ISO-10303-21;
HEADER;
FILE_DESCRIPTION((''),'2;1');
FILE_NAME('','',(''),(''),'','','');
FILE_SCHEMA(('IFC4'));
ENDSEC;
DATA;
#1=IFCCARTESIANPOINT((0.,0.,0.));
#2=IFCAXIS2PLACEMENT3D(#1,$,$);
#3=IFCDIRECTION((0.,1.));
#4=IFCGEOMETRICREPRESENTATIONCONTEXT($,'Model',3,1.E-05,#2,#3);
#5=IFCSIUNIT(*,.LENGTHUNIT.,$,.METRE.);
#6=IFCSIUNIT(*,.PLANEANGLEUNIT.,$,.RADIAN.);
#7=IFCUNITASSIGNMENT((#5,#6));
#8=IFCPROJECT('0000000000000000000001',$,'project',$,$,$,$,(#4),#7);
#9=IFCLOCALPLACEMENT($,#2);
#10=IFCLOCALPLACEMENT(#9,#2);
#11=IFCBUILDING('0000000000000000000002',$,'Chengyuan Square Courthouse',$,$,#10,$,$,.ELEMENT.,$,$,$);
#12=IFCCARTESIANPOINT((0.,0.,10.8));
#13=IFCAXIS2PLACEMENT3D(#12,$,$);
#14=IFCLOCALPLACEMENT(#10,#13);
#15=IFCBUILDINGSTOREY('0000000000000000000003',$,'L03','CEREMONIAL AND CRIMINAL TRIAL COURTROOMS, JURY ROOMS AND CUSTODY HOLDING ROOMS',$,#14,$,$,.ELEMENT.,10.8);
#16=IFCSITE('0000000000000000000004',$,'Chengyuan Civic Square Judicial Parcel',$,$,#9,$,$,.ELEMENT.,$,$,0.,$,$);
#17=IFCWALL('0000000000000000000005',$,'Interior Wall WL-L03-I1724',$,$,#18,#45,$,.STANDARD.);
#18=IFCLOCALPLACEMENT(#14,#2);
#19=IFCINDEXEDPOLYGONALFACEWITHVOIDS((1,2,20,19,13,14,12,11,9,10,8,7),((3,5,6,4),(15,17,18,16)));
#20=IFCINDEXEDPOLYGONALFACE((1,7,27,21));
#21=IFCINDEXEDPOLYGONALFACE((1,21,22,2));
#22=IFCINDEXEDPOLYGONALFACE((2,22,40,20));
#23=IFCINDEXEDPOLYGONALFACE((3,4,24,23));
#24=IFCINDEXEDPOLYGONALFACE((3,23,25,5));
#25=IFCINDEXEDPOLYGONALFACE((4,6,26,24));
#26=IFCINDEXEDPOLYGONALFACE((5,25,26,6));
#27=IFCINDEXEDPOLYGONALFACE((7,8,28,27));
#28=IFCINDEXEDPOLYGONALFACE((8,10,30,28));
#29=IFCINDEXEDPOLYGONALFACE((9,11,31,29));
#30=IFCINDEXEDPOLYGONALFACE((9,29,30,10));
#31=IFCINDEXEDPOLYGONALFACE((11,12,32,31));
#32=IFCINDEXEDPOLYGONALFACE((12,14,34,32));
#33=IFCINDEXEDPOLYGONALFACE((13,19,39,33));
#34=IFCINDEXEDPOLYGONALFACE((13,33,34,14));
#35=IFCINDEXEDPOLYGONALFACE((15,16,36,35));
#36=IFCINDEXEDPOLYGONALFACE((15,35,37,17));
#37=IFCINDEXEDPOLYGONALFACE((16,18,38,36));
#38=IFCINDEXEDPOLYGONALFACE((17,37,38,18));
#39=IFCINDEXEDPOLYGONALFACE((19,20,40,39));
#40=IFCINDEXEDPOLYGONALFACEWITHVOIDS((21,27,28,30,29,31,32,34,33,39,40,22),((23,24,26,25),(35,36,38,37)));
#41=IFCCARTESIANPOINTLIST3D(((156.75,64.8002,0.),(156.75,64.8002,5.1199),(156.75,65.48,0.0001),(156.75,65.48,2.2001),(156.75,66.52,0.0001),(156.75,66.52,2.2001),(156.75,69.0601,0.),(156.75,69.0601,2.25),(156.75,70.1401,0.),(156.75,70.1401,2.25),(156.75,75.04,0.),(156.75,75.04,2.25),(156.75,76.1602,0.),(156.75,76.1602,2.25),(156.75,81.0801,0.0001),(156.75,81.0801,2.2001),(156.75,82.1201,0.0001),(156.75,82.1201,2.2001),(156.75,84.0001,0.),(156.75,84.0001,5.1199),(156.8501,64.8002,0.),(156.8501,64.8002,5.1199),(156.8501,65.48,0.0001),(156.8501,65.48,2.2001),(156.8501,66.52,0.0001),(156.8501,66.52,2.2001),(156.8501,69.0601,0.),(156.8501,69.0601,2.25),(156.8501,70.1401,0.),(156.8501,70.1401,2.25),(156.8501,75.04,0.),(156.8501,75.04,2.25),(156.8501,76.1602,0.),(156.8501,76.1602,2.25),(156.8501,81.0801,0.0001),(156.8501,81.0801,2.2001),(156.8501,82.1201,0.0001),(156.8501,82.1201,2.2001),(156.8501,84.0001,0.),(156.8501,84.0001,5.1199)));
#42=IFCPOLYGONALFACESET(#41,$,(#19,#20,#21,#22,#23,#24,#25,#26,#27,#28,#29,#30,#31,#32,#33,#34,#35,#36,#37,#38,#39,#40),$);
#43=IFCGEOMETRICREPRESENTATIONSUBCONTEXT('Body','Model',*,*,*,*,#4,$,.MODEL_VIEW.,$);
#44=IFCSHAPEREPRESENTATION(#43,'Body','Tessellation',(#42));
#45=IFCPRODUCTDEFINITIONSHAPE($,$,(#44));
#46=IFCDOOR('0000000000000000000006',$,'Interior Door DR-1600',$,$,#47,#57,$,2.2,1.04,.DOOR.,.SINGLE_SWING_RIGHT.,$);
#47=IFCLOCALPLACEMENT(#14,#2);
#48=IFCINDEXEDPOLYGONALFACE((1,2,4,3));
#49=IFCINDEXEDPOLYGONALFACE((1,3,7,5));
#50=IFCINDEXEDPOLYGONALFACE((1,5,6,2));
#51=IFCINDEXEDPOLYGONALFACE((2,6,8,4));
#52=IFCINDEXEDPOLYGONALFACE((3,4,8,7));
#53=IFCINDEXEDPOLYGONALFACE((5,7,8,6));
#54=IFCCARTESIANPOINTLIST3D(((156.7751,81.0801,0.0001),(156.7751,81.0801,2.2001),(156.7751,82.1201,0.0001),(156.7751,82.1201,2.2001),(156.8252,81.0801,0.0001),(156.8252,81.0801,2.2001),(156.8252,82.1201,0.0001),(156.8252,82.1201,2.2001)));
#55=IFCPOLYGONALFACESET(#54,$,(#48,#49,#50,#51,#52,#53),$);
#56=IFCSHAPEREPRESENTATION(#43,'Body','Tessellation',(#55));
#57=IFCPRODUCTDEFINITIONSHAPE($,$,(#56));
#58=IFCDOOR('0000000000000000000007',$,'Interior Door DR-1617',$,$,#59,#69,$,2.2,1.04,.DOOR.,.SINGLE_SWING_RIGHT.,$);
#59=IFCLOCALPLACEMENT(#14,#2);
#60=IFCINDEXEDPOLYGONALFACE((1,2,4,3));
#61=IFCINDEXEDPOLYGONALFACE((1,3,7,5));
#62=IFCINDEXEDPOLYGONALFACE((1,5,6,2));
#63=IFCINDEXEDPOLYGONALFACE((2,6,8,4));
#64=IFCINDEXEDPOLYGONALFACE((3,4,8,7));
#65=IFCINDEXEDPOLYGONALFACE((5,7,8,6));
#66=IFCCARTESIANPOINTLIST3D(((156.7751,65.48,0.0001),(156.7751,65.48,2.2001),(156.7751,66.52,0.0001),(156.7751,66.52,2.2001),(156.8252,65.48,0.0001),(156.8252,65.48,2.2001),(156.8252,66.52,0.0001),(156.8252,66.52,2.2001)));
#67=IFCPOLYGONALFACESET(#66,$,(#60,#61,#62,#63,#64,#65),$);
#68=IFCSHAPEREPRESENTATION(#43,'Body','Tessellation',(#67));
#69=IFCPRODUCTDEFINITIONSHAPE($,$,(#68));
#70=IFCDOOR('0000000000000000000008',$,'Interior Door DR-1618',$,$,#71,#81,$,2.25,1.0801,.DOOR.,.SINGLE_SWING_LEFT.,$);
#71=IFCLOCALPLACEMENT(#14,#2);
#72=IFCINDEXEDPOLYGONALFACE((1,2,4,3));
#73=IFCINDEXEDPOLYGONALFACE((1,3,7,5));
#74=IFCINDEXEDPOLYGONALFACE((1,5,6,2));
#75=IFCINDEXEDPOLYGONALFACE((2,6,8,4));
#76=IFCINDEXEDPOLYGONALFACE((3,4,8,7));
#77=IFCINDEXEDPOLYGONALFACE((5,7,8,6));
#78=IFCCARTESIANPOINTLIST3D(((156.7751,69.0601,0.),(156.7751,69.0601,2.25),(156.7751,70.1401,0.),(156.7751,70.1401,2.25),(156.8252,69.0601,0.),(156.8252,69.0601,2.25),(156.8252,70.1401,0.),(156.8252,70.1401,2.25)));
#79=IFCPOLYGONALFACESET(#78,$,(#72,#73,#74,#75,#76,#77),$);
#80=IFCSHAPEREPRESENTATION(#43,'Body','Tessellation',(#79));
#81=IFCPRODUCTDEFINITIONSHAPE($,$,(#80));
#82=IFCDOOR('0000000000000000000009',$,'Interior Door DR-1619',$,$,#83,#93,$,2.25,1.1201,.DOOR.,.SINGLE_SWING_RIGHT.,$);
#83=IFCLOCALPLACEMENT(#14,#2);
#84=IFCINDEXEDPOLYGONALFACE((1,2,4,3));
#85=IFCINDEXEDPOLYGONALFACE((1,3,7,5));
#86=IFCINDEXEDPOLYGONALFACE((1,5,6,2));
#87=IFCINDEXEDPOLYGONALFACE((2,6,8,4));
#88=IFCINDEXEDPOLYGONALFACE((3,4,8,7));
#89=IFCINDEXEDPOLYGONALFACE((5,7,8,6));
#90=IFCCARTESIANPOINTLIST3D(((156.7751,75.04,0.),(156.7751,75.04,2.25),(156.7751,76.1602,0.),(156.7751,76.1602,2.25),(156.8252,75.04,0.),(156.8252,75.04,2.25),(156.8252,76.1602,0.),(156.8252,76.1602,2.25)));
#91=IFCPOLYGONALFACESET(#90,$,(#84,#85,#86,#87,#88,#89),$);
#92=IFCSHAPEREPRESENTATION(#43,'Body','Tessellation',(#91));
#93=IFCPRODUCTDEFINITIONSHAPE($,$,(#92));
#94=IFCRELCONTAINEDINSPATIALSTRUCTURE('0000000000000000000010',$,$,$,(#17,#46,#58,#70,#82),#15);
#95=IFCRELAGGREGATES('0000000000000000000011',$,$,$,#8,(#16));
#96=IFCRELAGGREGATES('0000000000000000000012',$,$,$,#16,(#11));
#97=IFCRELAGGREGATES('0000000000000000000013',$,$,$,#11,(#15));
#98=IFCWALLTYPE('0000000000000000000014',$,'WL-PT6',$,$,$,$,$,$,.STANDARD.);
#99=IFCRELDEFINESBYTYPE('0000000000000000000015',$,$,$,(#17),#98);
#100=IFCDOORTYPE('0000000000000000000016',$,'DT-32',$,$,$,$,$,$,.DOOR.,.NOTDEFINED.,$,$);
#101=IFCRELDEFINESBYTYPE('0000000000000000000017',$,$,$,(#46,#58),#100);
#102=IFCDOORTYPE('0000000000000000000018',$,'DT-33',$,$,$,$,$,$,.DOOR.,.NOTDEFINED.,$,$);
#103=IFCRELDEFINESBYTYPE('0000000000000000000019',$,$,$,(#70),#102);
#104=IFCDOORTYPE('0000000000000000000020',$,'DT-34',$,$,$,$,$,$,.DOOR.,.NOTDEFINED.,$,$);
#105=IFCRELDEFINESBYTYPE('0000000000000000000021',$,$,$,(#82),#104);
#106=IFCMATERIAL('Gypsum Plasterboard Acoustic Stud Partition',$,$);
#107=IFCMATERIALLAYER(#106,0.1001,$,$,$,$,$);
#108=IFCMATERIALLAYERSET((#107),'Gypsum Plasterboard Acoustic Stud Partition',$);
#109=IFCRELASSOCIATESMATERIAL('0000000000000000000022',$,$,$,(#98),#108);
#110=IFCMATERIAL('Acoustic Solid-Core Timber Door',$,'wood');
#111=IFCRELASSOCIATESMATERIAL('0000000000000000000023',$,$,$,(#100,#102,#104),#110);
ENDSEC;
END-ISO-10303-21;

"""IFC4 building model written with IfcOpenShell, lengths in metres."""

from ifc_helpers import new_model, si_unit, direction, frame, frame_2d, origin, place, context, subcontext, project, spatial, rectangle, extrude, material, layer, layer_set, type_object, element, fill, save


model = new_model("IFC4")

# Units and contexts
model_context = context("Model", 3, precision=1e-05, world=origin(), true_north=direction((0.0, 1.0)))
body_context = subcontext(model_context, "Body", "Model", "MODEL_VIEW")
ifc_project = project(units=[si_unit("LENGTHUNIT", "METRE"), si_unit("PLANEANGLEUNIT", "RADIAN")], contexts=[model_context])

# Site, building, storey
site_placement = place(None, origin())
site = spatial("IfcSite", under=ifc_project, at=site_placement, Name="Chengyuan Civic Square Judicial Parcel", CompositionType="ELEMENT", RefElevation=0.0)
building_placement = place(site_placement, origin())
building = spatial("IfcBuilding", under=site, at=building_placement, Name="Chengyuan Square Courthouse", CompositionType="ELEMENT")
storey_placement = place(building_placement, frame((0.0, 0.0, 10.8)))
storey = spatial("IfcBuildingStorey", under=building, at=storey_placement, Name="L03", Description="CEREMONIAL AND CRIMINAL TRIAL COURTROOMS, JURY ROOMS AND CUSTODY HOLDING ROOMS", CompositionType="ELEMENT", Elevation=10.8)

# Shared definitions
ifc_material_1 = material(Name="Acoustic Solid-Core Timber Door", Category="wood")

# Shared definitions
ifc_material_2 = material(Name="Gypsum Plasterboard Acoustic Stud Partition")
ifc_layer_1 = layer(ifc_material_2, 0.1001)
ifc_layer_set_1 = layer_set([ifc_layer_1], Name="Gypsum Plasterboard Acoustic Stud Partition")
wall_type_1 = type_object("IfcWallType", Name="WL-PT6", PredefinedType="STANDARD", material=ifc_layer_set_1)
door_type_1 = type_object("IfcDoorType", Name="DT-32", OperationType="NOTDEFINED", PredefinedType="DOOR", material=ifc_material_1)

# Wall, openings, doors
wall_1_placement = place(storey_placement, frame((156.8, 64.8, 0.0), z_axis=(0.0, 0.0, 1.0), x_axis=(0.0, 1.0, 0.0)))
wall_1 = element("IfcWall", 1, at=wall_1_placement, inside=storey, type_object=wall_type_1, Name="Interior Wall WL-L03-I1724", PredefinedType="STANDARD", context=body_context, shape_type="SweptSolid", body=[
    extrude(rectangle(XDim=19.2, YDim=0.1001, at=frame_2d((9.6001, 0.0))), origin(), (0.0, 0.0, 1.0), 5.1199),
])
opening_1_placement = place(wall_1_placement, frame((16.28, 0.0, 0.0)))
opening_1 = element("IfcOpeningElement", 2, at=opening_1_placement, cuts=wall_1, PredefinedType="OPENING", context=body_context, shape_type="SweptSolid", body=[
    extrude(rectangle(XDim=1.04, YDim=2.2, at=frame_2d((0.52, 1.1001))), frame((0.0, 0.062, 0.0), z_axis=(0.0, -1.0, 0.0), x_axis=(1.0, 0.0, 0.0)), (0.0, 0.0, 1.0), 0.124),
])
opening_2_placement = place(wall_1_placement, frame((0.6799, 0.0, 0.0)))
opening_2 = element("IfcOpeningElement", 3, at=opening_2_placement, cuts=wall_1, PredefinedType="OPENING", context=body_context, shape_type="SweptSolid", body=[
    extrude(rectangle(XDim=1.04, YDim=2.2, at=frame_2d((0.52, 1.1001))), frame((0.0, 0.062, 0.0), z_axis=(0.0, -1.0, 0.0), x_axis=(1.0, 0.0, 0.0)), (0.0, 0.0, 1.0), 0.124),
])
opening_3_placement = place(wall_1_placement, frame((4.26, 0.0, 0.0)))
opening_3 = element("IfcOpeningElement", 4, at=opening_3_placement, cuts=wall_1, PredefinedType="OPENING", context=body_context, shape_type="SweptSolid", body=[
    extrude(rectangle(XDim=1.0801, YDim=2.25, at=frame_2d((0.54, 1.125))), frame((0.0, 0.062, 0.0), z_axis=(0.0, -1.0, 0.0), x_axis=(1.0, 0.0, 0.0)), (0.0, 0.0, 1.0), 0.124),
])
opening_4_placement = place(wall_1_placement, frame((10.24, 0.0, 0.0)))
opening_4 = element("IfcOpeningElement", 5, at=opening_4_placement, cuts=wall_1, PredefinedType="OPENING", context=body_context, shape_type="SweptSolid", body=[
    extrude(rectangle(XDim=1.1201, YDim=2.25, at=frame_2d((0.5601, 1.125))), frame((0.0, 0.062, 0.0), z_axis=(0.0, -1.0, 0.0), x_axis=(1.0, 0.0, 0.0)), (0.0, 0.0, 1.0), 0.124),
])
door_1_placement = place(opening_1_placement, origin())
door_1 = element("IfcDoor", 6, at=door_1_placement, inside=storey, type_object=door_type_1, Name="Interior Door DR-1600", OperationType="SINGLE_SWING_RIGHT", OverallHeight=2.2, OverallWidth=1.04, PredefinedType="DOOR", context=body_context, shape_type="SweptSolid", body=[
    extrude(rectangle(XDim=1.04, YDim=2.2, at=frame_2d((0.52, 1.1001))), frame((0.0, 0.0249, 0.0), z_axis=(0.0, -1.0, 0.0), x_axis=(1.0, 0.0, 0.0)), (0.0, 0.0, 1.0), 0.05),
])
fill(opening_1, door_1)
door_2_placement = place(opening_2_placement, origin())
door_2 = element("IfcDoor", 7, at=door_2_placement, inside=storey, type_object=door_type_1, Name="Interior Door DR-1617", OperationType="SINGLE_SWING_RIGHT", OverallHeight=2.2, OverallWidth=1.04, PredefinedType="DOOR", context=body_context, shape_type="SweptSolid", body=[
    extrude(rectangle(XDim=1.04, YDim=2.2, at=frame_2d((0.52, 1.1001))), frame((0.0, 0.0249, 0.0), z_axis=(0.0, -1.0, 0.0), x_axis=(1.0, 0.0, 0.0)), (0.0, 0.0, 1.0), 0.05),
])
fill(opening_2, door_2)
door_type_2 = type_object("IfcDoorType", Name="DT-33", OperationType="NOTDEFINED", PredefinedType="DOOR", material=ifc_material_1)
door_3_placement = place(opening_3_placement, origin())
door_3 = element("IfcDoor", 8, at=door_3_placement, inside=storey, type_object=door_type_2, Name="Interior Door DR-1618", OperationType="SINGLE_SWING_LEFT", OverallHeight=2.25, OverallWidth=1.0801, PredefinedType="DOOR", context=body_context, shape_type="SweptSolid", body=[
    extrude(rectangle(XDim=1.0801, YDim=2.25, at=frame_2d((0.54, 1.125))), frame((0.0, 0.0249, 0.0), z_axis=(0.0, -1.0, 0.0), x_axis=(1.0, 0.0, 0.0)), (0.0, 0.0, 1.0), 0.05),
])
fill(opening_3, door_3)
door_type_3 = type_object("IfcDoorType", Name="DT-34", OperationType="NOTDEFINED", PredefinedType="DOOR", material=ifc_material_1)
door_4_placement = place(opening_4_placement, origin())
door_4 = element("IfcDoor", 9, at=door_4_placement, inside=storey, type_object=door_type_3, Name="Interior Door DR-1619", OperationType="SINGLE_SWING_RIGHT", OverallHeight=2.25, OverallWidth=1.1201, PredefinedType="DOOR", context=body_context, shape_type="SweptSolid", body=[
    extrude(rectangle(XDim=1.1201, YDim=2.25, at=frame_2d((0.5601, 1.125))), frame((0.0, 0.0249, 0.0), z_axis=(0.0, -1.0, 0.0), x_axis=(1.0, 0.0, 0.0)), (0.0, 0.0, 1.0), 0.05),
])
fill(opening_4, door_4)

save(model, "model.ifc")
